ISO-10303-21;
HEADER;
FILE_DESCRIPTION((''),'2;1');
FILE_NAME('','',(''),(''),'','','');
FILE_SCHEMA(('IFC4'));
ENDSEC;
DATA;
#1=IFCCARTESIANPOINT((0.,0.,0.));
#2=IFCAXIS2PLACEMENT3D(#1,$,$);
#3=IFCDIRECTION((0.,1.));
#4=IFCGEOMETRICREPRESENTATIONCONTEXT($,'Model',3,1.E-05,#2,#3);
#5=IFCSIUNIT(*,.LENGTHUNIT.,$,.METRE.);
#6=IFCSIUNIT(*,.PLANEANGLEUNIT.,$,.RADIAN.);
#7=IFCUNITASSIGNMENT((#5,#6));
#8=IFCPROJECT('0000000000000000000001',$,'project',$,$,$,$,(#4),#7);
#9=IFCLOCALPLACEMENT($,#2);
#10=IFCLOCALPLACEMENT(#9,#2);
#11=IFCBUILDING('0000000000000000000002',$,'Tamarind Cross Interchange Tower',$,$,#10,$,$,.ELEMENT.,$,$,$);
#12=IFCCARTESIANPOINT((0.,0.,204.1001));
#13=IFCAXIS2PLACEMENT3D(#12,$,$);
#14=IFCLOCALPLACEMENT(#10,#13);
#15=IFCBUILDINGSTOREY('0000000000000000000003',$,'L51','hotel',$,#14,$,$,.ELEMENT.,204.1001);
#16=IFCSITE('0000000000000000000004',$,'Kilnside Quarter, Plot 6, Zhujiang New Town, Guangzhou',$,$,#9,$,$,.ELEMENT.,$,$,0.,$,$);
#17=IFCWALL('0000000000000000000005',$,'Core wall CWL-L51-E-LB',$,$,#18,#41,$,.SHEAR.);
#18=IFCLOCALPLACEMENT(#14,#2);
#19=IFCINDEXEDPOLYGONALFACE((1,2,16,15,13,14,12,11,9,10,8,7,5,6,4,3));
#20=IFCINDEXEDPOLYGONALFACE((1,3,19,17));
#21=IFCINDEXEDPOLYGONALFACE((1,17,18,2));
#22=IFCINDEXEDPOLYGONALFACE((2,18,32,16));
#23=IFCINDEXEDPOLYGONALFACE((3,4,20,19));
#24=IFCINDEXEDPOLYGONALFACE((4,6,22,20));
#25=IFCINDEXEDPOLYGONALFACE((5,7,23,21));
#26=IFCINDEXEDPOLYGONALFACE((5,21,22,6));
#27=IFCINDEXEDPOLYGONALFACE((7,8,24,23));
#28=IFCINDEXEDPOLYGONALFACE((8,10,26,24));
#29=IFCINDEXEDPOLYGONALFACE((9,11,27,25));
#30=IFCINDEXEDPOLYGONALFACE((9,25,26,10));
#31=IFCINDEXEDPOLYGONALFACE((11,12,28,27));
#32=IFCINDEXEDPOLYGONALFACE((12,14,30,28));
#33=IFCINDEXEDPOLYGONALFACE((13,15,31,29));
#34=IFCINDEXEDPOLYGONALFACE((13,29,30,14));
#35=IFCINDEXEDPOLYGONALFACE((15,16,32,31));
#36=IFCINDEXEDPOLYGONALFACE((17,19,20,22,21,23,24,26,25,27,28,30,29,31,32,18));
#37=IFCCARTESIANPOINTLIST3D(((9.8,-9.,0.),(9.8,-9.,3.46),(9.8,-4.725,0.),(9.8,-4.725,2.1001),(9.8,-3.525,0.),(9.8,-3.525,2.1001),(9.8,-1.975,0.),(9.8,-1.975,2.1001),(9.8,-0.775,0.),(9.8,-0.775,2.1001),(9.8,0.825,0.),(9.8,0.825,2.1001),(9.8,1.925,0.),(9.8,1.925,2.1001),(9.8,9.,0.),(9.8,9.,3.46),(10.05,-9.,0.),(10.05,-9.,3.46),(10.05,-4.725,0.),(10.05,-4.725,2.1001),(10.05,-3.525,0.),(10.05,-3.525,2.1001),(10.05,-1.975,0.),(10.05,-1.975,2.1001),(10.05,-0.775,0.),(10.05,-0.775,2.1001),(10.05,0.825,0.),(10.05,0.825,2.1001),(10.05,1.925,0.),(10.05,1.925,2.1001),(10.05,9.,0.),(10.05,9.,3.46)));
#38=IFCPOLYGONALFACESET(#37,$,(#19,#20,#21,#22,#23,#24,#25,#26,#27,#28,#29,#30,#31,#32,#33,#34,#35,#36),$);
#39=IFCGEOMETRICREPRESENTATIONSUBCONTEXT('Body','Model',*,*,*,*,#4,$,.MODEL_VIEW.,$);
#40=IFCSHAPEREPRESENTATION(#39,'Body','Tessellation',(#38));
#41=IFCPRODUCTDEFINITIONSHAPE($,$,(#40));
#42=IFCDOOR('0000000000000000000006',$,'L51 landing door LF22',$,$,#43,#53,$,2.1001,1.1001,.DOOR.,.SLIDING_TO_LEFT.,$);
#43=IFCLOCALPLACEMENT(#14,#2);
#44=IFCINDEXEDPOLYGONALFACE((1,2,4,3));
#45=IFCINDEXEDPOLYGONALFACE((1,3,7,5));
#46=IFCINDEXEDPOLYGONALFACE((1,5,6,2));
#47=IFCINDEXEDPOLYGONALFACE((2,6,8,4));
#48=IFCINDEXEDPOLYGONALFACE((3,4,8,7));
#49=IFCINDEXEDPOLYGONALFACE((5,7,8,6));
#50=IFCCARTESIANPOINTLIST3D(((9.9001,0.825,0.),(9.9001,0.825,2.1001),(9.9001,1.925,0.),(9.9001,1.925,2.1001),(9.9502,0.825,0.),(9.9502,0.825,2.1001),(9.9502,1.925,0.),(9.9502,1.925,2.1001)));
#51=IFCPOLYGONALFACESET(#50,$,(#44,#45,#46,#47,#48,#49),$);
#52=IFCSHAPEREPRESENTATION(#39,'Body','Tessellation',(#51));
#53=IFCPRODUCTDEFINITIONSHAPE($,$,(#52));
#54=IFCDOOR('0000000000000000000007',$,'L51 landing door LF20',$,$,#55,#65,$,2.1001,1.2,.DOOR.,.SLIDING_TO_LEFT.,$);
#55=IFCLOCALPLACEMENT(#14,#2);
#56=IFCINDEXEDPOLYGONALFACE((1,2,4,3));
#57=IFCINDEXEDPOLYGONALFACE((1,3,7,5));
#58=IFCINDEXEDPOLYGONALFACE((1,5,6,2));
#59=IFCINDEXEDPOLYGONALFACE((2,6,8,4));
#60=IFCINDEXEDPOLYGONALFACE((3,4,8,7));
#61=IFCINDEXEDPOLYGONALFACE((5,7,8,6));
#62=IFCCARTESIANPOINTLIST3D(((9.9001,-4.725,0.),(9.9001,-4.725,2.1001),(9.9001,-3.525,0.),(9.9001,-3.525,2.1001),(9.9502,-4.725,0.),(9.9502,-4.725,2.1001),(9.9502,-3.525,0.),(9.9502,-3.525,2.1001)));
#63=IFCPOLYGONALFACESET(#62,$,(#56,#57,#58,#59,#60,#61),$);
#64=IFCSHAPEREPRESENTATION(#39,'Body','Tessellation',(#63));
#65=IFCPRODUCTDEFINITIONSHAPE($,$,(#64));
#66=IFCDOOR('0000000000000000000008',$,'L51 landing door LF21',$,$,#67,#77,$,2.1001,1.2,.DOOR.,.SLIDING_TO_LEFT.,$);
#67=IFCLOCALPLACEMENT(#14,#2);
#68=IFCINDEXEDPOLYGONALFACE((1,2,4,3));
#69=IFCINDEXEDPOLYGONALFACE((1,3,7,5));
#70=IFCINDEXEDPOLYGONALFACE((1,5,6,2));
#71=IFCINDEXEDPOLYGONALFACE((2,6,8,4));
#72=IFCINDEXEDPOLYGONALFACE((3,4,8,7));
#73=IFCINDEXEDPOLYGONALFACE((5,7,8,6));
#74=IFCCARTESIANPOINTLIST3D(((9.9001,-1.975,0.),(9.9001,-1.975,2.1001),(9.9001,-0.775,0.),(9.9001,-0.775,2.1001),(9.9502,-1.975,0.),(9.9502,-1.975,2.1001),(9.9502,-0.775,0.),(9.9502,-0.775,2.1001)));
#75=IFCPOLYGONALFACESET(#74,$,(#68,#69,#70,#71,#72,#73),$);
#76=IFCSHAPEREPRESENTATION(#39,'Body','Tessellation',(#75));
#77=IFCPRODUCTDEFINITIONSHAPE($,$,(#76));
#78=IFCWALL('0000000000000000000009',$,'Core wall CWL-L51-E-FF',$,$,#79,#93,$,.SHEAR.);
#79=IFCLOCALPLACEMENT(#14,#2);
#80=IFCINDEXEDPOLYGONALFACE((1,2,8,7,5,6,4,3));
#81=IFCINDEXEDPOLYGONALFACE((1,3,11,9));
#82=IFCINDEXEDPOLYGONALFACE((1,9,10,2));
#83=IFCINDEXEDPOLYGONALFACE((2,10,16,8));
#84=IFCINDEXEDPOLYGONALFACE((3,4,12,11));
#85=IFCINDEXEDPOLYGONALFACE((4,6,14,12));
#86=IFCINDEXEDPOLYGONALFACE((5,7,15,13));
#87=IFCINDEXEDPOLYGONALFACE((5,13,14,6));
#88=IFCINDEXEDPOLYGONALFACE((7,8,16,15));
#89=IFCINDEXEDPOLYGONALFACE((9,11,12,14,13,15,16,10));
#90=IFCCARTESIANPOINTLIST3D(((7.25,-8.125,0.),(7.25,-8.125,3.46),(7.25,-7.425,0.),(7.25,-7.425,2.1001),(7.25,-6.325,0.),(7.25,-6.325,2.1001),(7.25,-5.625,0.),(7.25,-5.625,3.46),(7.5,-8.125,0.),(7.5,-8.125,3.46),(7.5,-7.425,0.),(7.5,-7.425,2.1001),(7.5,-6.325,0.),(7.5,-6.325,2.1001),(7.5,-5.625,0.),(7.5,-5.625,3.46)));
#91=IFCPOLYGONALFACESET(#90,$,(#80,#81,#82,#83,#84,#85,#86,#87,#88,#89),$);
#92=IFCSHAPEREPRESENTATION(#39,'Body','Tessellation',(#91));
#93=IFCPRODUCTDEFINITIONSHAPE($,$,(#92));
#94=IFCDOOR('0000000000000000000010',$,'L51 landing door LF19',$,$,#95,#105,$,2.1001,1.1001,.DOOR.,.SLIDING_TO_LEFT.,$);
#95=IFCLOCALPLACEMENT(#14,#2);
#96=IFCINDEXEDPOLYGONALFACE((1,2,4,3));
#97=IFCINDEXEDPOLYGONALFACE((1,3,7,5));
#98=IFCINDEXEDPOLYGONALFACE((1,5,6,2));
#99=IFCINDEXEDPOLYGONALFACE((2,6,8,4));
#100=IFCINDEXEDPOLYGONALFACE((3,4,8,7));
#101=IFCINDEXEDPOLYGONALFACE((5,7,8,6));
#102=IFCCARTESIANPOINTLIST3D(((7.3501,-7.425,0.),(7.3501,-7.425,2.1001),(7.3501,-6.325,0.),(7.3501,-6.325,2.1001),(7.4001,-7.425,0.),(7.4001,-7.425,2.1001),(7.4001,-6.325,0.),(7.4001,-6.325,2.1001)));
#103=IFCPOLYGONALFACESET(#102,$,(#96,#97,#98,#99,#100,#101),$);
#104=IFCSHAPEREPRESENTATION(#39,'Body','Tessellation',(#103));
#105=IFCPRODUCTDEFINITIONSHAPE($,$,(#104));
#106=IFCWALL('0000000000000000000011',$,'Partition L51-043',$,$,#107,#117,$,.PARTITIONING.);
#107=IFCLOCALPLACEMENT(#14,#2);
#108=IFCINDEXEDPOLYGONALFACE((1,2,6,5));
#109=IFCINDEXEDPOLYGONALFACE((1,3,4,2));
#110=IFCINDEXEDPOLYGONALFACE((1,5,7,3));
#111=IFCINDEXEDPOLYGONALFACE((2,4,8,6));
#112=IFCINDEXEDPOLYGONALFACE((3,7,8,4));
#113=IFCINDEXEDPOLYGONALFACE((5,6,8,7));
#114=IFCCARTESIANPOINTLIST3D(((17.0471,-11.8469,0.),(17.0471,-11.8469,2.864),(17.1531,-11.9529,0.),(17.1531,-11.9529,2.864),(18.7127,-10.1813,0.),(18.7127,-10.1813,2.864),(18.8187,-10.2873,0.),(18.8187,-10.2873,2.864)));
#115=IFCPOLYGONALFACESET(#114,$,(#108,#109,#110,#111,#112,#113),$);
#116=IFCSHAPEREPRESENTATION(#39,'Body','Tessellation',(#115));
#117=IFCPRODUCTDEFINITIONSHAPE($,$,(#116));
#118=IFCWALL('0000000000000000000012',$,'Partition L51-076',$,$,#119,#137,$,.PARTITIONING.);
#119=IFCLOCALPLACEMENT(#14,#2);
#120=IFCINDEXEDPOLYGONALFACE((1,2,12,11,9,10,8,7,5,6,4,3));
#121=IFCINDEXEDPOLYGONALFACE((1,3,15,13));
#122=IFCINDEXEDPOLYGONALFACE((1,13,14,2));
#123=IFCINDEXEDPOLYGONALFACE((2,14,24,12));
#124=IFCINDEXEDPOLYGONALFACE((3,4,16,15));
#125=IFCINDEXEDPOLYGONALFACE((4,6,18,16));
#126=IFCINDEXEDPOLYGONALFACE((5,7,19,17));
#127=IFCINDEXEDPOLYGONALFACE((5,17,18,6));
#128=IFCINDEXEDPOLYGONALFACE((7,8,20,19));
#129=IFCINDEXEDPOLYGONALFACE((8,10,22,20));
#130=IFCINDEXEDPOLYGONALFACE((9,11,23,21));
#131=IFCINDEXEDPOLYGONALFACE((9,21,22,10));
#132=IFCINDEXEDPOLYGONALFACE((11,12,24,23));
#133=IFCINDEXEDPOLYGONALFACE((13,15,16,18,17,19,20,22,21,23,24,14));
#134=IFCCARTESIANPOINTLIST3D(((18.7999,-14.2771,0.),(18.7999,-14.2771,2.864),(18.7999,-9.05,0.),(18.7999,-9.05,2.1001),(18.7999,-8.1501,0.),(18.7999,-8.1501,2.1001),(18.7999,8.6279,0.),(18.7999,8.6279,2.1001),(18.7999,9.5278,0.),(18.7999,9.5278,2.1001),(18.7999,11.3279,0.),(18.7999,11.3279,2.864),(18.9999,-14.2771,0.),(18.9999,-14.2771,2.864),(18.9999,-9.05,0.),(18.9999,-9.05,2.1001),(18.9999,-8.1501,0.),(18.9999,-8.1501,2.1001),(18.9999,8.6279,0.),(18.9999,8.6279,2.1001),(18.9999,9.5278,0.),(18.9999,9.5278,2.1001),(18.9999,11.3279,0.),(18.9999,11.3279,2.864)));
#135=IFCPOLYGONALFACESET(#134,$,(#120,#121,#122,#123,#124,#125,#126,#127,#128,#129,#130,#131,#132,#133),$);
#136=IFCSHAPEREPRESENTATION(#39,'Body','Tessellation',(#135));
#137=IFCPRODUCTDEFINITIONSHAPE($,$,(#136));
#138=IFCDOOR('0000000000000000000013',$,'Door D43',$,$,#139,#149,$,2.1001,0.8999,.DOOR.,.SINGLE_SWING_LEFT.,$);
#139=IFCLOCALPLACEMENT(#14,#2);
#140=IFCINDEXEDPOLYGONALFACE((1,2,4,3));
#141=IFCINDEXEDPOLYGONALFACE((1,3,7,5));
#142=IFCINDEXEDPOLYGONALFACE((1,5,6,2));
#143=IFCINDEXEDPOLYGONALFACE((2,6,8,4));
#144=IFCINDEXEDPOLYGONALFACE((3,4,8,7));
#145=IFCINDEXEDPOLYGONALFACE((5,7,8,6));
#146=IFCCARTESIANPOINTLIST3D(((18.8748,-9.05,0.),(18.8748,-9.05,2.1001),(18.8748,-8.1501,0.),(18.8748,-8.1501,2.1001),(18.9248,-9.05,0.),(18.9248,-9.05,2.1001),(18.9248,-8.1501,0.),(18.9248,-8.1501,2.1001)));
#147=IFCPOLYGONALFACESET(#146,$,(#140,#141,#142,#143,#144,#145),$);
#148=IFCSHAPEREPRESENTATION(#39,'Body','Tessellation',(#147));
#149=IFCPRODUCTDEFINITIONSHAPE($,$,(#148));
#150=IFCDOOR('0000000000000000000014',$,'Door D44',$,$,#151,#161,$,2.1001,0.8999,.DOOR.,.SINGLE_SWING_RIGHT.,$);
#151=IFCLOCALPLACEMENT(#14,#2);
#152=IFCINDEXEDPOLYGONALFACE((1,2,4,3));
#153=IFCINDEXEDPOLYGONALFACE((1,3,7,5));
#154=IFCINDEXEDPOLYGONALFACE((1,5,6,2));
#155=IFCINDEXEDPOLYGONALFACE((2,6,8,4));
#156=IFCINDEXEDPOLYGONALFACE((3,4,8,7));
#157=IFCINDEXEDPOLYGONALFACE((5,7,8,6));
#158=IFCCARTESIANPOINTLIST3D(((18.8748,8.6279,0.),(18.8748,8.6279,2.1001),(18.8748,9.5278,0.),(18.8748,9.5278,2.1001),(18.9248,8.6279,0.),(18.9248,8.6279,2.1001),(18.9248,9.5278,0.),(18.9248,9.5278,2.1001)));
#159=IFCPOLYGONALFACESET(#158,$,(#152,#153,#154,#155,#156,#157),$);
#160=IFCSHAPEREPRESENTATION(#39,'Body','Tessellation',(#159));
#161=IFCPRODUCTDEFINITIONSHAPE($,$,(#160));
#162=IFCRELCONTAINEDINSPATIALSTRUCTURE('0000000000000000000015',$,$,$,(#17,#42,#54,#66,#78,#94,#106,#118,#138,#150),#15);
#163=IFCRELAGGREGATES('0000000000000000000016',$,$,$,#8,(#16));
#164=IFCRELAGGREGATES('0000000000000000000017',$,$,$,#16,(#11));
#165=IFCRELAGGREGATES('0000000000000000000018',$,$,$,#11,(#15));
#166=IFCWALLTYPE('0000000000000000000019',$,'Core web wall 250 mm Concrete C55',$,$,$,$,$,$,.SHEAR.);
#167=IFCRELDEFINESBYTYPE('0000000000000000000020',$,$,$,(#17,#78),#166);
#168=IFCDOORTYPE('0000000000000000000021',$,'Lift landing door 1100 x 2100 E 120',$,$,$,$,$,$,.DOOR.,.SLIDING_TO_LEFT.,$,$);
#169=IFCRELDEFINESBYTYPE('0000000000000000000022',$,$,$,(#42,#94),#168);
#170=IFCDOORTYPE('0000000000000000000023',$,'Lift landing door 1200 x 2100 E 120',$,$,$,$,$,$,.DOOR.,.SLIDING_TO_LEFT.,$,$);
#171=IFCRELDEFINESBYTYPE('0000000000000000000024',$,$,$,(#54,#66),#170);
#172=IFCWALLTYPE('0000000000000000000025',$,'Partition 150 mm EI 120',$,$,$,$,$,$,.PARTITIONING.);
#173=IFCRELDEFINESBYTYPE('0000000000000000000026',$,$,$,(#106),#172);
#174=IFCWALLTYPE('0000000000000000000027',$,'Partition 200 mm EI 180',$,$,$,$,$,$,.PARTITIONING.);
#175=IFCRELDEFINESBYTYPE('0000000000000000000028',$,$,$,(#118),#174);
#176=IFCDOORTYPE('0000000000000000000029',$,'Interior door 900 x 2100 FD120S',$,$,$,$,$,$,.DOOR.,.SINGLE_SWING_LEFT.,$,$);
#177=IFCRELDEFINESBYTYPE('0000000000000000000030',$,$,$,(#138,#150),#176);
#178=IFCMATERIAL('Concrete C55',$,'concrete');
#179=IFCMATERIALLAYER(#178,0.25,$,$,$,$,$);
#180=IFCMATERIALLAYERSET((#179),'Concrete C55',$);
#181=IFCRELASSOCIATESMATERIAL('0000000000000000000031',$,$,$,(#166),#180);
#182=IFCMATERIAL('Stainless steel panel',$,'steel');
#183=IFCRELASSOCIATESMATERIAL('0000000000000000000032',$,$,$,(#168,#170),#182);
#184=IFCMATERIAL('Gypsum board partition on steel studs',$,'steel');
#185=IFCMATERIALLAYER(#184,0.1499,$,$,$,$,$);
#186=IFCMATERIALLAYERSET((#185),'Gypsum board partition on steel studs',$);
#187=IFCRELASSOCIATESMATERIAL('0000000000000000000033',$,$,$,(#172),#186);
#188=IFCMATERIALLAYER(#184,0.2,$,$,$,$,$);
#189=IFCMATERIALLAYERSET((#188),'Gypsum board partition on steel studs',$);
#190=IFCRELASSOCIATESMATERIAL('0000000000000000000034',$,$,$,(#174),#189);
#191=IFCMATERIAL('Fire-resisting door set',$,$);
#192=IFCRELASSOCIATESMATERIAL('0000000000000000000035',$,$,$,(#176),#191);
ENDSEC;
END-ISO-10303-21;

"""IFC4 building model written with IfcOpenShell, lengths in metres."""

from ifc_helpers import new_model, si_unit, direction, frame, frame_2d, origin, place, context, subcontext, project, spatial, rectangle, extrude, material, layer, layer_set, type_object, element, fill, save


model = new_model("IFC4")

# Units and contexts
model_context = context("Model", 3, precision=1e-05, world=origin(), true_north=direction((0.0, 1.0)))
body_context = subcontext(model_context, "Body", "Model", "MODEL_VIEW")
ifc_project = project(units=[si_unit("LENGTHUNIT", "METRE"), si_unit("PLANEANGLEUNIT", "RADIAN")], contexts=[model_context])

# Site, building, storey
site_placement = place(None, origin())
site = spatial("IfcSite", under=ifc_project, at=site_placement, Name="Kilnside Quarter, Plot 6, Zhujiang New Town, Guangzhou", CompositionType="ELEMENT", RefElevation=0.0)
building_placement = place(site_placement, origin())
building = spatial("IfcBuilding", under=site, at=building_placement, Name="Tamarind Cross Interchange Tower", CompositionType="ELEMENT")
storey_placement = place(building_placement, frame((0.0, 0.0, 204.1001)))
storey = spatial("IfcBuildingStorey", under=building, at=storey_placement, Name="L51", Description="hotel", CompositionType="ELEMENT", Elevation=204.1001)

# Shared definitions
ifc_material_1 = material(Name="Concrete C55", Category="concrete")

# Shared definitions
ifc_layer_1 = layer(ifc_material_1, 0.25)
ifc_layer_set_1 = layer_set([ifc_layer_1], Name="Concrete C55")
wall_type_1 = type_object("IfcWallType", Name="Core web wall 250 mm Concrete C55", PredefinedType="SHEAR", material=ifc_layer_set_1)

# Wall, openings, doors
ifc_material_2 = material(Name="Stainless steel panel", Category="steel")
wall_1_placement = place(storey_placement, frame((9.925, -9.0, 0.0), z_axis=(0.0, 0.0, 1.0), x_axis=(0.0, 1.0, 0.0)))
wall_1 = element("IfcWall", 1, at=wall_1_placement, inside=storey, type_object=wall_type_1, Name="Core wall CWL-L51-E-LB", PredefinedType="SHEAR", context=body_context, shape_type="SweptSolid", body=[
    extrude(rectangle(XDim=18.0, YDim=0.25, at=frame_2d((9.0, 0.0))), origin(), (0.0, 0.0, 1.0), 3.46),
])
opening_1_placement = place(wall_1_placement, frame((4.2749, 0.0, 0.0)))
opening_1 = element("IfcOpeningElement", 2, at=opening_1_placement, cuts=wall_1, PredefinedType="OPENING", context=body_context, shape_type="SweptSolid", body=[
    extrude(rectangle(XDim=1.2, YDim=2.1001, at=frame_2d((0.6001, 1.05))), frame((0.0, 0.135, 0.0), z_axis=(0.0, -1.0, 0.0), x_axis=(1.0, 0.0, 0.0)), (0.0, 0.0, 1.0), 0.27),
])
opening_2_placement = place(wall_1_placement, frame((7.0249, 0.0, 0.0)))
opening_2 = element("IfcOpeningElement", 3, at=opening_2_placement, cuts=wall_1, PredefinedType="OPENING", context=body_context, shape_type="SweptSolid", body=[
    extrude(rectangle(XDim=1.2, YDim=2.1001, at=frame_2d((0.6001, 1.05))), frame((0.0, 0.135, 0.0), z_axis=(0.0, -1.0, 0.0), x_axis=(1.0, 0.0, 0.0)), (0.0, 0.0, 1.0), 0.27),
])
opening_3_placement = place(wall_1_placement, frame((9.825, 0.0, 0.0)))
opening_3 = element("IfcOpeningElement", 4, at=opening_3_placement, cuts=wall_1, PredefinedType="OPENING", context=body_context, shape_type="SweptSolid", body=[
    extrude(rectangle(XDim=1.1001, YDim=2.1001, at=frame_2d((0.55, 1.05))), frame((0.0, 0.135, 0.0), z_axis=(0.0, -1.0, 0.0), x_axis=(1.0, 0.0, 0.0)), (0.0, 0.0, 1.0), 0.27),
])
door_type_1 = type_object("IfcDoorType", Name="Lift landing door 1100 x 2100 E 120", OperationType="SLIDING_TO_LEFT", PredefinedType="DOOR", material=ifc_material_2)
door_1_placement = place(opening_3_placement, origin())
door_1 = element("IfcDoor", 5, at=door_1_placement, inside=storey, type_object=door_type_1, Name="L51 landing door LF22", OperationType="SLIDING_TO_LEFT", OverallHeight=2.1001, OverallWidth=1.1001, PredefinedType="DOOR", context=body_context, shape_type="SweptSolid", body=[
    extrude(rectangle(XDim=1.1001, YDim=2.1001, at=frame_2d((0.55, 1.05))), frame((0.0, 0.0249, 0.0), z_axis=(0.0, -1.0, 0.0), x_axis=(1.0, 0.0, 0.0)), (0.0, 0.0, 1.0), 0.05),
])
fill(opening_3, door_1)
door_type_2 = type_object("IfcDoorType", Name="Lift landing door 1200 x 2100 E 120", OperationType="SLIDING_TO_LEFT", PredefinedType="DOOR", material=ifc_material_2)
door_2_placement = place(opening_1_placement, origin())
door_2 = element("IfcDoor", 6, at=door_2_placement, inside=storey, type_object=door_type_2, Name="L51 landing door LF20", OperationType="SLIDING_TO_LEFT", OverallHeight=2.1001, OverallWidth=1.2, PredefinedType="DOOR", context=body_context, shape_type="SweptSolid", body=[
    extrude(rectangle(XDim=1.2, YDim=2.1001, at=frame_2d((0.6001, 1.05))), frame((0.0, 0.0249, 0.0), z_axis=(0.0, -1.0, 0.0), x_axis=(1.0, 0.0, 0.0)), (0.0, 0.0, 1.0), 0.05),
])
fill(opening_1, door_2)
door_3_placement = place(opening_2_placement, origin())
door_3 = element("IfcDoor", 7, at=door_3_placement, inside=storey, type_object=door_type_2, Name="L51 landing door LF21", OperationType="SLIDING_TO_LEFT", OverallHeight=2.1001, OverallWidth=1.2, PredefinedType="DOOR", context=body_context, shape_type="SweptSolid", body=[
    extrude(rectangle(XDim=1.2, YDim=2.1001, at=frame_2d((0.6001, 1.05))), frame((0.0, 0.0249, 0.0), z_axis=(0.0, -1.0, 0.0), x_axis=(1.0, 0.0, 0.0)), (0.0, 0.0, 1.0), 0.05),
])
fill(opening_2, door_3)

# Wall, opening, door
wall_2_placement = place(storey_placement, frame((7.375, -8.125, 0.0), z_axis=(0.0, 0.0, 1.0), x_axis=(0.0, 1.0, 0.0)))
wall_2 = element("IfcWall", 8, at=wall_2_placement, inside=storey, type_object=wall_type_1, Name="Core wall CWL-L51-E-FF", PredefinedType="SHEAR", context=body_context, shape_type="SweptSolid", body=[
    extrude(rectangle(XDim=2.5, YDim=0.25, at=frame_2d((1.25, 0.0))), origin(), (0.0, 0.0, 1.0), 3.46),
])
opening_4_placement = place(wall_2_placement, frame((0.7, 0.0, 0.0)))
opening_4 = element("IfcOpeningElement", 9, at=opening_4_placement, cuts=wall_2, PredefinedType="OPENING", context=body_context, shape_type="SweptSolid", body=[
    extrude(rectangle(XDim=1.1001, YDim=2.1001, at=frame_2d((0.55, 1.05))), frame((0.0, 0.135, 0.0), z_axis=(0.0, -1.0, 0.0), x_axis=(1.0, 0.0, 0.0)), (0.0, 0.0, 1.0), 0.27),
])
door_4_placement = place(opening_4_placement, origin())
door_4 = element("IfcDoor", 10, at=door_4_placement, inside=storey, type_object=door_type_1, Name="L51 landing door LF19", OperationType="SLIDING_TO_LEFT", OverallHeight=2.1001, OverallWidth=1.1001, PredefinedType="DOOR", context=body_context, shape_type="SweptSolid", body=[
    extrude(rectangle(XDim=1.1001, YDim=2.1001, at=frame_2d((0.55, 1.05))), frame((0.0, 0.0249, 0.0), z_axis=(0.0, -1.0, 0.0), x_axis=(1.0, 0.0, 0.0)), (0.0, 0.0, 1.0), 0.05),
])
fill(opening_4, door_4)

# Wall
ifc_material_3 = material(Name="Gypsum board partition on steel studs", Category="steel")
ifc_layer_2 = layer(ifc_material_3, 0.1499)
ifc_layer_set_2 = layer_set([ifc_layer_2], Name="Gypsum board partition on steel studs")
wall_type_2 = type_object("IfcWallType", Name="Partition 150 mm EI 120", PredefinedType="PARTITIONING", material=ifc_layer_set_2)
wall_3_placement = place(storey_placement, frame((17.1001, -11.8999, 0.0), z_axis=(0.0, 0.0, 1.0), x_axis=(0.707107, 0.707107, 0.0)))
element("IfcWall", 11, at=wall_3_placement, inside=storey, type_object=wall_type_2, Name="Partition L51-043", PredefinedType="PARTITIONING", context=body_context, shape_type="SweptSolid", body=[
    extrude(rectangle(XDim=2.3555, YDim=0.1499, at=frame_2d((1.1777, 0.0))), origin(), (0.0, 0.0, 1.0), 2.864),
])

# Wall, openings, doors
ifc_layer_3 = layer(ifc_material_3, 0.2)
ifc_layer_set_3 = layer_set([ifc_layer_3], Name="Gypsum board partition on steel studs")
wall_type_3 = type_object("IfcWallType", Name="Partition 200 mm EI 180", PredefinedType="PARTITIONING", material=ifc_layer_set_3)
wall_4_placement = place(storey_placement, frame((18.8999, -14.2771, 0.0), z_axis=(0.0, 0.0, 1.0), x_axis=(0.0, 1.0, 0.0)))
wall_4 = element("IfcWall", 12, at=wall_4_placement, inside=storey, type_object=wall_type_3, Name="Partition L51-076", PredefinedType="PARTITIONING", context=body_context, shape_type="SweptSolid", body=[
    extrude(rectangle(XDim=25.605, YDim=0.2, at=frame_2d((12.8025, 0.0))), origin(), (0.0, 0.0, 1.0), 2.864),
])
opening_5_placement = place(wall_4_placement, frame((5.2271, 0.0, 0.0)))
opening_5 = element("IfcOpeningElement", 13, at=opening_5_placement, cuts=wall_4, PredefinedType="OPENING", context=body_context, shape_type="SweptSolid", body=[
    extrude(rectangle(XDim=0.8999, YDim=2.1001, at=frame_2d((0.45, 1.05))), frame((0.0, 0.1099, 0.0), z_axis=(0.0, -1.0, 0.0), x_axis=(1.0, 0.0, 0.0)), (0.0, 0.0, 1.0), 0.22),
])
opening_6_placement = place(wall_4_placement, frame((22.905, 0.0, 0.0)))
opening_6 = element("IfcOpeningElement", 14, at=opening_6_placement, cuts=wall_4, PredefinedType="OPENING", context=body_context, shape_type="SweptSolid", body=[
    extrude(rectangle(XDim=0.8999, YDim=2.1001, at=frame_2d((0.45, 1.05))), frame((0.0, 0.1099, 0.0), z_axis=(0.0, -1.0, 0.0), x_axis=(1.0, 0.0, 0.0)), (0.0, 0.0, 1.0), 0.22),
])
ifc_material_4 = material(Name="Fire-resisting door set")
door_type_3 = type_object("IfcDoorType", Name="Interior door 900 x 2100 FD120S", OperationType="SINGLE_SWING_LEFT", PredefinedType="DOOR", material=ifc_material_4)
door_5_placement = place(opening_5_placement, frame((0.8999, 0.0, 0.0), z_axis=(0.0, 0.0, 1.0), x_axis=(-1.0, 0.0, 0.0)))
door_5 = element("IfcDoor", 15, at=door_5_placement, inside=storey, type_object=door_type_3, Name="Door D43", OperationType="SINGLE_SWING_LEFT", OverallHeight=2.1001, OverallWidth=0.8999, PredefinedType="DOOR", context=body_context, shape_type="SweptSolid", body=[
    extrude(rectangle(XDim=0.8999, YDim=2.1001, at=frame_2d((0.45, 1.05))), frame((0.0, 0.0249, 0.0), z_axis=(0.0, -1.0, 0.0), x_axis=(1.0, 0.0, 0.0)), (0.0, 0.0, 1.0), 0.05),
])
fill(opening_5, door_5)
door_6_placement = place(opening_6_placement, frame((0.8999, 0.0, 0.0), z_axis=(0.0, 0.0, 1.0), x_axis=(-1.0, 0.0, 0.0)))
door_6 = element("IfcDoor", 16, at=door_6_placement, inside=storey, type_object=door_type_3, Name="Door D44", OperationType="SINGLE_SWING_RIGHT", OverallHeight=2.1001, OverallWidth=0.8999, PredefinedType="DOOR", context=body_context, shape_type="SweptSolid", body=[
    extrude(rectangle(XDim=0.8999, YDim=2.1001, at=frame_2d((0.45, 1.05))), frame((0.0, 0.0249, 0.0), z_axis=(0.0, -1.0, 0.0), x_axis=(1.0, 0.0, 0.0)), (0.0, 0.0, 1.0), 0.05),
])
fill(opening_6, door_6)

save(model, "model.ifc")
